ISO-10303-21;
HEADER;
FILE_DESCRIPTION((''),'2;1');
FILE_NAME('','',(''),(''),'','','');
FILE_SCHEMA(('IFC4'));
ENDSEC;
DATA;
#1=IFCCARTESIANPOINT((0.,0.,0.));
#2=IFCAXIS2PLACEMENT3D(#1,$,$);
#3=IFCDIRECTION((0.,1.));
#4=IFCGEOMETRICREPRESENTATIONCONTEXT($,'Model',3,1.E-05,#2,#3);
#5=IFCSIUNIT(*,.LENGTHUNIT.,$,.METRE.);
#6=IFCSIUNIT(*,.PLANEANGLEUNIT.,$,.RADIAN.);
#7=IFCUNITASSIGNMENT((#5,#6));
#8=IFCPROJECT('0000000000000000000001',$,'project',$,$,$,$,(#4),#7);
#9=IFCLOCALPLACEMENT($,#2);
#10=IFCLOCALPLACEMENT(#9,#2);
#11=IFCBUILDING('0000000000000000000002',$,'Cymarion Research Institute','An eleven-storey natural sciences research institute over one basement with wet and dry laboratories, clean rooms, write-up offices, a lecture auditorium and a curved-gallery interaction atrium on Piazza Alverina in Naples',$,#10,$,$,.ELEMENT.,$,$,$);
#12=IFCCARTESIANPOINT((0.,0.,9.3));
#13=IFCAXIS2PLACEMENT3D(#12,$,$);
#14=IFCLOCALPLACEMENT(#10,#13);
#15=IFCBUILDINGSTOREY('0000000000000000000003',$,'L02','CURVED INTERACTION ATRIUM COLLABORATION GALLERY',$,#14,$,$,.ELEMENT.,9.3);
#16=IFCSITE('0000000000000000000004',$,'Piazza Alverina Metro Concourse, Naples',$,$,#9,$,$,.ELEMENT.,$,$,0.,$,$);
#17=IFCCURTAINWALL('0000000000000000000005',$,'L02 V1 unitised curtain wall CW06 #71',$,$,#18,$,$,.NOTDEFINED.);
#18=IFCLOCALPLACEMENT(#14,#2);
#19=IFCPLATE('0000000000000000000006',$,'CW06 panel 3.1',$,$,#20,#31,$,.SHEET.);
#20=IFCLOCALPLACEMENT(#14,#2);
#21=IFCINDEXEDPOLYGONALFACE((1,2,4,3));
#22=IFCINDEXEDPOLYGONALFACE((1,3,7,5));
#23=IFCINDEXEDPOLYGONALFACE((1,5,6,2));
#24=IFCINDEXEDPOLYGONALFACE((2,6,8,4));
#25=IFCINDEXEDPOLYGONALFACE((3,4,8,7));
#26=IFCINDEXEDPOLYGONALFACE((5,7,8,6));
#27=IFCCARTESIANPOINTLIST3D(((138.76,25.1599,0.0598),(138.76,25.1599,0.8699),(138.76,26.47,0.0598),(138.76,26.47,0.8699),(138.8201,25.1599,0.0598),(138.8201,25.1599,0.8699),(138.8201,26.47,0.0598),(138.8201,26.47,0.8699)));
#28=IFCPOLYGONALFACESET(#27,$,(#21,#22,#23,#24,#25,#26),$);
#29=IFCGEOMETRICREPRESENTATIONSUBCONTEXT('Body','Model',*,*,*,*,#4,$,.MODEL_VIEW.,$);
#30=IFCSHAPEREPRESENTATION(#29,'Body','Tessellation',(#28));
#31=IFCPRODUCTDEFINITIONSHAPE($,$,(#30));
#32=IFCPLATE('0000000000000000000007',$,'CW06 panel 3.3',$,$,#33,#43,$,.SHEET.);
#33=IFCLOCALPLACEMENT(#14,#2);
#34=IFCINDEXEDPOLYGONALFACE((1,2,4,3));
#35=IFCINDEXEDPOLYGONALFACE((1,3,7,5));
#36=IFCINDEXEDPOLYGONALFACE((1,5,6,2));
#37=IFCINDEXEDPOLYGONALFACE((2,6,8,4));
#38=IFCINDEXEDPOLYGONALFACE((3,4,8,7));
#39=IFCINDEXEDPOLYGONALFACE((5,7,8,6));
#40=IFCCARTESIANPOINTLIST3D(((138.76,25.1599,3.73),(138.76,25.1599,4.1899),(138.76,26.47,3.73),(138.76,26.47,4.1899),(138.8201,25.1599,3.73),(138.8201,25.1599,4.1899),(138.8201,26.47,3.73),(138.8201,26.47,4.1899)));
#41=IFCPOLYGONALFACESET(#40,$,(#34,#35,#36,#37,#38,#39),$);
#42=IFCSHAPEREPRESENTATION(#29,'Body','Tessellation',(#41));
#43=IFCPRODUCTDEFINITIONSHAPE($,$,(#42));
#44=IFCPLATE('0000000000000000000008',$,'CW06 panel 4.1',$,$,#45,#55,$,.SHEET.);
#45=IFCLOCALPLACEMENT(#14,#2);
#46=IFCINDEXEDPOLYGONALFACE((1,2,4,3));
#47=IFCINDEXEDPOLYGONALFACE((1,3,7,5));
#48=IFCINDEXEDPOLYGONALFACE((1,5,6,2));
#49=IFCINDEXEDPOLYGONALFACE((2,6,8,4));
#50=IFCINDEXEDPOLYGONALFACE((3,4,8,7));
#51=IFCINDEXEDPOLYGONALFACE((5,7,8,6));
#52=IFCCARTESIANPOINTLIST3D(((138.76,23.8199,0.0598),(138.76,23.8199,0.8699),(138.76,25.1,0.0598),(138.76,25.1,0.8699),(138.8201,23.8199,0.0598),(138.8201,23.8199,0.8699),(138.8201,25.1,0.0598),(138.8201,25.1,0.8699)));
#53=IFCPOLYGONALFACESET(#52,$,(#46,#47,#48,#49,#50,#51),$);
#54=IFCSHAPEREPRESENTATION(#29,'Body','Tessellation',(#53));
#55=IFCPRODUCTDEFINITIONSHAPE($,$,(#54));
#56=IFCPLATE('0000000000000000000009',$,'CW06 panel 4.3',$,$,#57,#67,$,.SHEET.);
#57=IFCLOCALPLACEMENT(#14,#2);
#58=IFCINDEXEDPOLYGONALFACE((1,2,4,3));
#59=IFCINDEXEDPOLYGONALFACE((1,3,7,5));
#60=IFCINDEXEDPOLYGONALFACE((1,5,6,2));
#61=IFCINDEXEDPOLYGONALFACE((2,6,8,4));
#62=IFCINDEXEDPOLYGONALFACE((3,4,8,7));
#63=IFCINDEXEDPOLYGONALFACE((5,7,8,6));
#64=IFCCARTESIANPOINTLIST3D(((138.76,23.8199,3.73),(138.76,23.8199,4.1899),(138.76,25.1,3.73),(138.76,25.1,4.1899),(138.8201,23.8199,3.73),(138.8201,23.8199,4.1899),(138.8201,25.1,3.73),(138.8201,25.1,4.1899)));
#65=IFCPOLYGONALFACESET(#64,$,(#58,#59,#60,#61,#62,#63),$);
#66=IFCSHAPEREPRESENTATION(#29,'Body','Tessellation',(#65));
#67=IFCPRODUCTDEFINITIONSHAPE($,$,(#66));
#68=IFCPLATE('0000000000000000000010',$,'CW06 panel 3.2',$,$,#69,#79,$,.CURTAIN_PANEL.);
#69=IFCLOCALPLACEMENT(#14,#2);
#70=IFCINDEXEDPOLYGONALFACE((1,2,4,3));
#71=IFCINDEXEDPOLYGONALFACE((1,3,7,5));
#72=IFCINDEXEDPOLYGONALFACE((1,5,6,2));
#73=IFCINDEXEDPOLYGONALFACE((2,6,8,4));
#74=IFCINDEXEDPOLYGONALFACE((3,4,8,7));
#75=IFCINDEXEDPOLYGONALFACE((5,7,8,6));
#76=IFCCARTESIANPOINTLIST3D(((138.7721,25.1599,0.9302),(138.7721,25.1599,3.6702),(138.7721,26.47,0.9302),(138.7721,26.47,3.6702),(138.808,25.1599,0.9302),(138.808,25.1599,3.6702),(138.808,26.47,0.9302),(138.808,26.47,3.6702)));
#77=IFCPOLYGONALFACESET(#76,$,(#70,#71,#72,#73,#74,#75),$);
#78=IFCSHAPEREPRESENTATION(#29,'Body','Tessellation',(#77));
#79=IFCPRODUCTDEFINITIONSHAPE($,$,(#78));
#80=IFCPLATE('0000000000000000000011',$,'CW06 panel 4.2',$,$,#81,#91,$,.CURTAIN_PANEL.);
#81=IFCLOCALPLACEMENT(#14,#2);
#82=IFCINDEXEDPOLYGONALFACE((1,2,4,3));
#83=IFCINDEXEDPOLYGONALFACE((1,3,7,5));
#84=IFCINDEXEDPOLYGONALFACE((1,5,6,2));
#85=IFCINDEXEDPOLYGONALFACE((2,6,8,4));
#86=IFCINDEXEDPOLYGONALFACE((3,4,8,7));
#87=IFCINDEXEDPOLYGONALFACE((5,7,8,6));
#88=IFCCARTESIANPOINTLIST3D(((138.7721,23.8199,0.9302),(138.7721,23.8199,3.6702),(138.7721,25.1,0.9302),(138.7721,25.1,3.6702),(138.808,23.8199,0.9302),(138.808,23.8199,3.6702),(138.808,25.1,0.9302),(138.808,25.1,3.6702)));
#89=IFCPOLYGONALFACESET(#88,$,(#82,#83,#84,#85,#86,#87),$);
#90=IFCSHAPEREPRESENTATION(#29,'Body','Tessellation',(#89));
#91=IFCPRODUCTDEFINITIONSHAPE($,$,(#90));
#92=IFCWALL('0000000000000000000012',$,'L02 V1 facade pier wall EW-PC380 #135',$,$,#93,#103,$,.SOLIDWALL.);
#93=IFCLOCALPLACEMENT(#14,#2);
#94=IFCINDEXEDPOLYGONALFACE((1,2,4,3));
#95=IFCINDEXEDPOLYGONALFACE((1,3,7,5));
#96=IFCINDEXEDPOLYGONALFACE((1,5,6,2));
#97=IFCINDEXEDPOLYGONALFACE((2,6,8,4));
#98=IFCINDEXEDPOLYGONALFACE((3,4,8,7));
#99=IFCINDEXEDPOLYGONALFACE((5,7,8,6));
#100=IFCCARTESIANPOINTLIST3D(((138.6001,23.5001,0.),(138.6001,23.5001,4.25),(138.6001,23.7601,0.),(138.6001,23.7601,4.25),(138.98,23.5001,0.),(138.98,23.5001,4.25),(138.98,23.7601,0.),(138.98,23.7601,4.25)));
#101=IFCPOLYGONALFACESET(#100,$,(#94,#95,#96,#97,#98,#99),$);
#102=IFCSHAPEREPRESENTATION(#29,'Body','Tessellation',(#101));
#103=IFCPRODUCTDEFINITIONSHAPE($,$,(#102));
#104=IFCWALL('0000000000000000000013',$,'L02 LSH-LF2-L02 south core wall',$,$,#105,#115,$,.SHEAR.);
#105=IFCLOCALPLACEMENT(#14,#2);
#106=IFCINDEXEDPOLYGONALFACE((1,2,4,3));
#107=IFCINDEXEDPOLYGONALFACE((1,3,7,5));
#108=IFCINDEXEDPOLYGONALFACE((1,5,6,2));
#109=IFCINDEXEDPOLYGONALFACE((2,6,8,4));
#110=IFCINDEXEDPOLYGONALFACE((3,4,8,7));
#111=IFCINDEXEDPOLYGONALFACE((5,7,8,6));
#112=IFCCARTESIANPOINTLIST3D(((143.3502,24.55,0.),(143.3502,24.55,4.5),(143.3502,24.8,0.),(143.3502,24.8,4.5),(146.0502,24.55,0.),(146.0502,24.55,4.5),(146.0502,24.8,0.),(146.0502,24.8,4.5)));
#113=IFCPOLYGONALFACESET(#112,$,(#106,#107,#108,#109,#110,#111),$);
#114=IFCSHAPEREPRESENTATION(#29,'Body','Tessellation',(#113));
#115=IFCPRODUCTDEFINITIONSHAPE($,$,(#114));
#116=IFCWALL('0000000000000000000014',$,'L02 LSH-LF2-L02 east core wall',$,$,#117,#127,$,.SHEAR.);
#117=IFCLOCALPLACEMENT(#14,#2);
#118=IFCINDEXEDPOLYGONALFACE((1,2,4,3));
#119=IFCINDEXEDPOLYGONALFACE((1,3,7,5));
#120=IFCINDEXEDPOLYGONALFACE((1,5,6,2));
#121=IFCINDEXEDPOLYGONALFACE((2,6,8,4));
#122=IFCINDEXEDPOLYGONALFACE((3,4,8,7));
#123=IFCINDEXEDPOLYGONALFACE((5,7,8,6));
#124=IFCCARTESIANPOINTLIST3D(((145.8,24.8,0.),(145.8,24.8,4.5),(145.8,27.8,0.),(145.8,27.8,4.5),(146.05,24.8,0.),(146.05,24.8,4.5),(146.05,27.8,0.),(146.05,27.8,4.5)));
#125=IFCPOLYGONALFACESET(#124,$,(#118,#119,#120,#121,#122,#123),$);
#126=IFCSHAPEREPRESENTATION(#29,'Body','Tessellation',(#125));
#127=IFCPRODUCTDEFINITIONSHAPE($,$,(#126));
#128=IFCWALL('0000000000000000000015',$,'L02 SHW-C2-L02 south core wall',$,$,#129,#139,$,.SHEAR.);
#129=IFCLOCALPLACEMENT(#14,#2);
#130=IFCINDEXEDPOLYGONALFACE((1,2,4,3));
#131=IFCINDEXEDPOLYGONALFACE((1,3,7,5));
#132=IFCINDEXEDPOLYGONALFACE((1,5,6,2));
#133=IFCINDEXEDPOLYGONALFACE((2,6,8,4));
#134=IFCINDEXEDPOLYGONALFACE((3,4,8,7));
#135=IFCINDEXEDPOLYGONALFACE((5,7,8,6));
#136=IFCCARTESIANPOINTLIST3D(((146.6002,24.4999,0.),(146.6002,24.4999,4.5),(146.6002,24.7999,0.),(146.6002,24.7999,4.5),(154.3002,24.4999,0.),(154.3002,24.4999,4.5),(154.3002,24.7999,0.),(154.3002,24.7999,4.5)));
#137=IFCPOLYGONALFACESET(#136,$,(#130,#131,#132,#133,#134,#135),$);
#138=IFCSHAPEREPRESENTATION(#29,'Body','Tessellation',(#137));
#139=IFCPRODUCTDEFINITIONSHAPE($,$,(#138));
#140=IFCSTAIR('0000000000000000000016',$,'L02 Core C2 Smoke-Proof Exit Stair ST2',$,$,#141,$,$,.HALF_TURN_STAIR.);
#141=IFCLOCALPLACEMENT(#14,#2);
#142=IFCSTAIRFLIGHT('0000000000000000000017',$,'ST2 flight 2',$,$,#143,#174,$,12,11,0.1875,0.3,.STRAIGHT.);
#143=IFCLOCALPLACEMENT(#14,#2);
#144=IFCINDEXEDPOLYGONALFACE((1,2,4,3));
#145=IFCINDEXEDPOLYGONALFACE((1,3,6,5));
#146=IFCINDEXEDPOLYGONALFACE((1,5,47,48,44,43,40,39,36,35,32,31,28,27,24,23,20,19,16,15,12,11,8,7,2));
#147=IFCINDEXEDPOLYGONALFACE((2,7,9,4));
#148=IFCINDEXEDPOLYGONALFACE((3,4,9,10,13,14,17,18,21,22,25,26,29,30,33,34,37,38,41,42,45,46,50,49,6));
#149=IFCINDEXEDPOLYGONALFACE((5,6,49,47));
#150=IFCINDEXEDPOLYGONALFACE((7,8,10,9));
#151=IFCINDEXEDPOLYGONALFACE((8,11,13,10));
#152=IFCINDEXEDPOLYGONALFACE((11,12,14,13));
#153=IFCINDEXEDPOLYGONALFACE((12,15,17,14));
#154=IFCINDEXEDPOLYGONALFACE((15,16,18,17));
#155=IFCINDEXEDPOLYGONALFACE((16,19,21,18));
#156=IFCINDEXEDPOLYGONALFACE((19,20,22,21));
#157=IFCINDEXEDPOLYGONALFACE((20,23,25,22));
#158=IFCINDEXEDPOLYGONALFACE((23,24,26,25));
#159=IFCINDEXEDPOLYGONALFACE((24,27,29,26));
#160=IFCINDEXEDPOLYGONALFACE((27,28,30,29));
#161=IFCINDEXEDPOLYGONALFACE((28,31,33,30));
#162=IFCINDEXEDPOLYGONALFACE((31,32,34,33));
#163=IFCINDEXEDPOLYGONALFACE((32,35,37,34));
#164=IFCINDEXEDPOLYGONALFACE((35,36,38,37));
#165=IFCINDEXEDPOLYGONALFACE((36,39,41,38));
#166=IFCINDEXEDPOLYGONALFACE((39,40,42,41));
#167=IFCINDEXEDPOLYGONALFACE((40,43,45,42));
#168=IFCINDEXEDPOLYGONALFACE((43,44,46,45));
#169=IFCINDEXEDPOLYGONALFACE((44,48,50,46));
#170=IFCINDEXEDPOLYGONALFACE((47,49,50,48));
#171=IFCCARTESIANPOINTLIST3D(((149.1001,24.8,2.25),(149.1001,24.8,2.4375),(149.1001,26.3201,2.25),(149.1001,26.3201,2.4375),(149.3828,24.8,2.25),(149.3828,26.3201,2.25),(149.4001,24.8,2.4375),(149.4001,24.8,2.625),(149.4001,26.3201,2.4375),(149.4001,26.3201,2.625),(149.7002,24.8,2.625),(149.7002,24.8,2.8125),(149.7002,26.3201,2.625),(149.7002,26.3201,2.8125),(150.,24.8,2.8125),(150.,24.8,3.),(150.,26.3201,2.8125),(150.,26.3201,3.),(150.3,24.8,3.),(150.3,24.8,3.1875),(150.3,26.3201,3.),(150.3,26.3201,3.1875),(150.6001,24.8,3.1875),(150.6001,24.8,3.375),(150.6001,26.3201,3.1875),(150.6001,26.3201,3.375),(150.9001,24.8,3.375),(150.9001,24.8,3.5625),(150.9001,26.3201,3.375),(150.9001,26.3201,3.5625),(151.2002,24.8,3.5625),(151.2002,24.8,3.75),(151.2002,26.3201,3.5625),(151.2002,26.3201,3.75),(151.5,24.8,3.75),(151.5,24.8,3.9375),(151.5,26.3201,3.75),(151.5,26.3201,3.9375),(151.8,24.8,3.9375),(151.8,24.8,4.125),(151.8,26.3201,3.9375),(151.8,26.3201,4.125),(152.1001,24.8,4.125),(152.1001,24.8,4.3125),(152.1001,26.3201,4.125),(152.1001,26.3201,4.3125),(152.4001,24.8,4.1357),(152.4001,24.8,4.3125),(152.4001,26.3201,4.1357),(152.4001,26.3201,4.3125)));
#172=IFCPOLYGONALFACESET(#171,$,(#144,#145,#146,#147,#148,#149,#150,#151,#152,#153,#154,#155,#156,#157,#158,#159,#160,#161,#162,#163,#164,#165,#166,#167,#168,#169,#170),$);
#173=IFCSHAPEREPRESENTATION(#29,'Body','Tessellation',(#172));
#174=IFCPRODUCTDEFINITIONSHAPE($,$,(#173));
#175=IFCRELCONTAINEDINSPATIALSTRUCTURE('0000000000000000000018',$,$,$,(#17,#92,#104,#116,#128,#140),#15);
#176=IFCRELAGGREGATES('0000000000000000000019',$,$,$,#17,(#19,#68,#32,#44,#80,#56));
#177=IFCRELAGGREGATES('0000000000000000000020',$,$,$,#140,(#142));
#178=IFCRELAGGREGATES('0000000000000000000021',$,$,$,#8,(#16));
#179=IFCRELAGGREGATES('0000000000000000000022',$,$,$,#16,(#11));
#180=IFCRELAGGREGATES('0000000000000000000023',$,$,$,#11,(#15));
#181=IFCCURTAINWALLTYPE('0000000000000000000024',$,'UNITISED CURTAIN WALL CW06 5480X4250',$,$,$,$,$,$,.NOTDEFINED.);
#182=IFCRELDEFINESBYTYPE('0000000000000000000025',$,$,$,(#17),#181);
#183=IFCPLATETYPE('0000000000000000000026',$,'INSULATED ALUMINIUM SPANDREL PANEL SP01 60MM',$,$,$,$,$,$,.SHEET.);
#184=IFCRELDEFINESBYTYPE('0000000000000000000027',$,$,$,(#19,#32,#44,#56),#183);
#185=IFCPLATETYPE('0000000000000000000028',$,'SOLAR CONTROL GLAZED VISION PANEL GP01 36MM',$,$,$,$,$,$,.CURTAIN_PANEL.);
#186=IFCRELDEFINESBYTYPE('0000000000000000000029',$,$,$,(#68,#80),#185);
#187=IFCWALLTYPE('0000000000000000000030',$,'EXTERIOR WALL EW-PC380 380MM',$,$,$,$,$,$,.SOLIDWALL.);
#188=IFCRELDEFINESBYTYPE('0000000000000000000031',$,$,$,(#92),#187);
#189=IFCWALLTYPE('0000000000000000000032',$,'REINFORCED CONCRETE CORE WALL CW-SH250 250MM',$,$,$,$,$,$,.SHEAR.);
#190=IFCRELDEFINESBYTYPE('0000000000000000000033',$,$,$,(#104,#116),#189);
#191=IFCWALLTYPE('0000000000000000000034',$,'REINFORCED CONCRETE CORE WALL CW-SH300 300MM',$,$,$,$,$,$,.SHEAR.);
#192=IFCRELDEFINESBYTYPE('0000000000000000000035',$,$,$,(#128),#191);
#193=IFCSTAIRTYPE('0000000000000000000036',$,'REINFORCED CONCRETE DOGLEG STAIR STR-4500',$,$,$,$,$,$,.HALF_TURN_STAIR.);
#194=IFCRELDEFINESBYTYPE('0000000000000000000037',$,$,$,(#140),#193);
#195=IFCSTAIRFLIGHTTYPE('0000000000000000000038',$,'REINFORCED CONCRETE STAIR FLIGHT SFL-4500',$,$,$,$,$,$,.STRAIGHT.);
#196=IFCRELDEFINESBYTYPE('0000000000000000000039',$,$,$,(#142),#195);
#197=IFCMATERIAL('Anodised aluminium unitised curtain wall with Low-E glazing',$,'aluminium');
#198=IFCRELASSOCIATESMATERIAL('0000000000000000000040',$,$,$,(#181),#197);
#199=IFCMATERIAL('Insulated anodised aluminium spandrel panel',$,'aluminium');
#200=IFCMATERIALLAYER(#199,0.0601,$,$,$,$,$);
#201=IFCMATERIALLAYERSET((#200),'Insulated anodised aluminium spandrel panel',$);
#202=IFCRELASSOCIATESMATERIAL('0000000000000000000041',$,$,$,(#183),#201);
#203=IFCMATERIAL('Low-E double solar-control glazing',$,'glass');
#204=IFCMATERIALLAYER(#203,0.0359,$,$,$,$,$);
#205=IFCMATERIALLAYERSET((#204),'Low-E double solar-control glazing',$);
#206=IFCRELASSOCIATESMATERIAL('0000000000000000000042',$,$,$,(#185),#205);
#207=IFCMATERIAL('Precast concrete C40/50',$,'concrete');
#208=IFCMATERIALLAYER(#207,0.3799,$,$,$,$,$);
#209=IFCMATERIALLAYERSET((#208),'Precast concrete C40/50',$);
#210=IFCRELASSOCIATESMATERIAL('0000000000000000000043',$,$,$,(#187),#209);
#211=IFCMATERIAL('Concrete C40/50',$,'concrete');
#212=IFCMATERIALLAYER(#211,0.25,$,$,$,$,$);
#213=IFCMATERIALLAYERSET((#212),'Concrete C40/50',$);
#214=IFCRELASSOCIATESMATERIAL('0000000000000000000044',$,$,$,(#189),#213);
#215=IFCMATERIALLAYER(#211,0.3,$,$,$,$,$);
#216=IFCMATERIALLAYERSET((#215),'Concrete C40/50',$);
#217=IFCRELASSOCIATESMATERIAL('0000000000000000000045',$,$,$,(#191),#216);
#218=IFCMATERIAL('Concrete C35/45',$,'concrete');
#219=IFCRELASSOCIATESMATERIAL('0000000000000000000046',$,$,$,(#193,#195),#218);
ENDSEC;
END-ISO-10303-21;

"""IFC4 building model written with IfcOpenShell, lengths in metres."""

from ifc_helpers import new_model, si_unit, direction, frame, frame_2d, origin, origin_2d, place, context, subcontext, project, spatial, polyline, rectangle, outline, extrude, material, layer, layer_set, type_object, element, aggregate, save


model = new_model("IFC4")

# Units and contexts
model_context = context("Model", 3, precision=1e-05, world=origin(), true_north=direction((0.0, 1.0)))
body_context = subcontext(model_context, "Body", "Model", "MODEL_VIEW")
ifc_project = project(units=[si_unit("LENGTHUNIT", "METRE"), si_unit("PLANEANGLEUNIT", "RADIAN")], contexts=[model_context])

# Site, building, storey
site_placement = place(None, origin())
site = spatial("IfcSite", under=ifc_project, at=site_placement, Name="Piazza Alverina Metro Concourse, Naples", CompositionType="ELEMENT", RefElevation=0.0)
building_placement = place(site_placement, origin())
building = spatial("IfcBuilding", under=site, at=building_placement, Name="Cymarion Research Institute", Description="An eleven-storey natural sciences research institute over one basement with wet and dry laboratories, clean rooms, write-up offices, a lecture auditorium and a curved-gallery interaction atrium on Piazza Alverina in Naples", CompositionType="ELEMENT")
storey_placement = place(building_placement, frame((0.0, 0.0, 9.3)))
storey = spatial("IfcBuildingStorey", under=building, at=storey_placement, Name="L02", Description="CURVED INTERACTION ATRIUM COLLABORATION GALLERY", CompositionType="ELEMENT", Elevation=9.3)

# Shared definitions
ifc_material_1 = material(Name="Concrete C40/50", Category="concrete")

# Curtain wall
ifc_material_2 = material(Name="Anodised aluminium unitised curtain wall with Low-E glazing", Category="aluminium")
curtain_wall_type = type_object("IfcCurtainWallType", Name="UNITISED CURTAIN WALL CW06 5480X4250", PredefinedType="NOTDEFINED", material=ifc_material_2)
curtain_wall_placement = place(storey_placement, origin())
curtain_wall = element("IfcCurtainWall", 1, at=curtain_wall_placement, inside=storey, type_object=curtain_wall_type, Name="L02 V1 unitised curtain wall CW06 #71", PredefinedType="NOTDEFINED")

# Plates
ifc_material_3 = material(Name="Insulated anodised aluminium spandrel panel", Category="aluminium")
ifc_layer_1 = layer(ifc_material_3, 0.0601)
ifc_layer_set_1 = layer_set([ifc_layer_1], Name="Insulated anodised aluminium spandrel panel")
plate_type_1 = type_object("IfcPlateType", Name="INSULATED ALUMINIUM SPANDREL PANEL SP01 60MM", PredefinedType="SHEET", material=ifc_layer_set_1)
plate_1_placement = place(storey_placement, frame((138.79, 25.8149, 0.0598), z_axis=(0.0, 0.0, 1.0), x_axis=(0.0, -1.0, 0.0)))
plate_1 = element("IfcPlate", 2, at=plate_1_placement, type_object=plate_type_1, Name="CW06 panel 3.1", PredefinedType="SHEET", context=body_context, shape_type="SweptSolid", body=[
    extrude(rectangle(XDim=1.3101, YDim=0.0601, at=origin_2d()), origin(), (0.0, 0.0, 1.0), 0.8101),
])
plate_2_placement = place(storey_placement, frame((138.79, 25.8149, 3.73), z_axis=(0.0, 0.0, 1.0), x_axis=(0.0, -1.0, 0.0)))
plate_2 = element("IfcPlate", 3, at=plate_2_placement, type_object=plate_type_1, Name="CW06 panel 3.3", PredefinedType="SHEET", context=body_context, shape_type="SweptSolid", body=[
    extrude(rectangle(XDim=1.3101, YDim=0.0601, at=origin_2d()), origin(), (0.0, 0.0, 1.0), 0.46),
])
plate_3_placement = place(storey_placement, frame((138.79, 24.46, 0.0598), z_axis=(0.0, 0.0, 1.0), x_axis=(0.0, -1.0, 0.0)))
plate_3 = element("IfcPlate", 4, at=plate_3_placement, type_object=plate_type_1, Name="CW06 panel 4.1", PredefinedType="SHEET", context=body_context, shape_type="SweptSolid", body=[
    extrude(rectangle(XDim=1.28, YDim=0.0601, at=origin_2d()), origin(), (0.0, 0.0, 1.0), 0.8101),
])
plate_4_placement = place(storey_placement, frame((138.79, 24.46, 3.73), z_axis=(0.0, 0.0, 1.0), x_axis=(0.0, -1.0, 0.0)))
plate_4 = element("IfcPlate", 5, at=plate_4_placement, type_object=plate_type_1, Name="CW06 panel 4.3", PredefinedType="SHEET", context=body_context, shape_type="SweptSolid", body=[
    extrude(rectangle(XDim=1.28, YDim=0.0601, at=origin_2d()), origin(), (0.0, 0.0, 1.0), 0.46),
])
ifc_material_4 = material(Name="Low-E double solar-control glazing", Category="glass")
ifc_layer_2 = layer(ifc_material_4, 0.0359)
ifc_layer_set_2 = layer_set([ifc_layer_2], Name="Low-E double solar-control glazing")
plate_type_2 = type_object("IfcPlateType", Name="SOLAR CONTROL GLAZED VISION PANEL GP01 36MM", PredefinedType="CURTAIN_PANEL", material=ifc_layer_set_2)
plate_5_placement = place(storey_placement, frame((138.79, 25.8149, 0.9302), z_axis=(0.0, 0.0, 1.0), x_axis=(0.0, -1.0, 0.0)))
plate_5 = element("IfcPlate", 6, at=plate_5_placement, type_object=plate_type_2, Name="CW06 panel 3.2", PredefinedType="CURTAIN_PANEL", context=body_context, shape_type="SweptSolid", body=[
    extrude(rectangle(XDim=1.3101, YDim=0.0359, at=origin_2d()), origin(), (0.0, 0.0, 1.0), 2.74),
])
plate_6_placement = place(storey_placement, frame((138.79, 24.46, 0.9302), z_axis=(0.0, 0.0, 1.0), x_axis=(0.0, -1.0, 0.0)))
plate_6 = element("IfcPlate", 7, at=plate_6_placement, type_object=plate_type_2, Name="CW06 panel 4.2", PredefinedType="CURTAIN_PANEL", context=body_context, shape_type="SweptSolid", body=[
    extrude(rectangle(XDim=1.28, YDim=0.0359, at=origin_2d()), origin(), (0.0, 0.0, 1.0), 2.74),
])
aggregate(curtain_wall, [plate_1, plate_5, plate_2, plate_3, plate_6, plate_4])

# Walls
ifc_material_5 = material(Name="Precast concrete C40/50", Category="concrete")
ifc_layer_3 = layer(ifc_material_5, 0.3799)
ifc_layer_set_3 = layer_set([ifc_layer_3], Name="Precast concrete C40/50")
wall_type_1 = type_object("IfcWallType", Name="EXTERIOR WALL EW-PC380 380MM", PredefinedType="SOLIDWALL", material=ifc_layer_set_3)
wall_1_placement = place(storey_placement, frame((138.79, 23.76, 0.0), z_axis=(0.0, 0.0, 1.0), x_axis=(0.0, -1.0, 0.0)))
element("IfcWall", 8, at=wall_1_placement, inside=storey, type_object=wall_type_1, Name="L02 V1 facade pier wall EW-PC380 #135", PredefinedType="SOLIDWALL", context=body_context, shape_type="SweptSolid", body=[
    extrude(rectangle(XDim=0.26, YDim=0.3799, at=frame_2d((0.1299, 0.0))), origin(), (0.0, 0.0, 1.0), 4.25),
])
ifc_layer_4 = layer(ifc_material_1, 0.25)
ifc_layer_set_4 = layer_set([ifc_layer_4], Name="Concrete C40/50")
wall_type_2 = type_object("IfcWallType", Name="REINFORCED CONCRETE CORE WALL CW-SH250 250MM", PredefinedType="SHEAR", material=ifc_layer_set_4)
wall_2_placement = place(storey_placement, frame((143.3501, 24.675, 0.0), z_axis=(0.0, 0.0, 1.0), x_axis=(1.0, 0.0, 0.0)))
element("IfcWall", 9, at=wall_2_placement, inside=storey, type_object=wall_type_2, Name="L02 LSH-LF2-L02 south core wall", PredefinedType="SHEAR", context=body_context, shape_type="SweptSolid", body=[
    extrude(rectangle(XDim=2.7, YDim=0.25, at=frame_2d((1.3501, 0.0))), origin(), (0.0, 0.0, 1.0), 4.5),
])
wall_3_placement = place(storey_placement, frame((145.925, 24.8, 0.0), z_axis=(0.0, 0.0, 1.0), x_axis=(0.0, 1.0, 0.0)))
element("IfcWall", 10, at=wall_3_placement, inside=storey, type_object=wall_type_2, Name="L02 LSH-LF2-L02 east core wall", PredefinedType="SHEAR", context=body_context, shape_type="SweptSolid", body=[
    extrude(rectangle(XDim=3.0, YDim=0.25, at=frame_2d((1.5, 0.0))), origin(), (0.0, 0.0, 1.0), 4.5),
])
ifc_layer_5 = layer(ifc_material_1, 0.3)
ifc_layer_set_5 = layer_set([ifc_layer_5], Name="Concrete C40/50")
wall_type_3 = type_object("IfcWallType", Name="REINFORCED CONCRETE CORE WALL CW-SH300 300MM", PredefinedType="SHEAR", material=ifc_layer_set_5)
wall_4_placement = place(storey_placement, frame((146.6001, 24.6499, 0.0), z_axis=(0.0, 0.0, 1.0), x_axis=(1.0, 0.0, 0.0)))
element("IfcWall", 11, at=wall_4_placement, inside=storey, type_object=wall_type_3, Name="L02 SHW-C2-L02 south core wall", PredefinedType="SHEAR", context=body_context, shape_type="SweptSolid", body=[
    extrude(rectangle(XDim=7.7, YDim=0.3, at=frame_2d((3.8501, 0.0))), origin(), (0.0, 0.0, 1.0), 4.5),
])

# Stair, stair flight
ifc_material_6 = material(Name="Concrete C35/45", Category="concrete")
stair_type = type_object("IfcStairType", Name="REINFORCED CONCRETE DOGLEG STAIR STR-4500", PredefinedType="HALF_TURN_STAIR", material=ifc_material_6)
stair_placement = place(storey_placement, origin())
stair = element("IfcStair", 12, at=stair_placement, inside=storey, type_object=stair_type, Name="L02 Core C2 Smoke-Proof Exit Stair ST2", PredefinedType="HALF_TURN_STAIR")
stair_flight_type = type_object("IfcStairFlightType", Name="REINFORCED CONCRETE STAIR FLIGHT SFL-4500", PredefinedType="STRAIGHT", material=ifc_material_6)
stair_flight_placement = place(storey_placement, frame((149.1001, 25.5601, 2.25), z_axis=(0.0, 0.0, 1.0), x_axis=(1.0, 0.0, 0.0)))
stair_flight = element("IfcStairFlight", 13, at=stair_flight_placement, type_object=stair_flight_type, Name="ST2 flight 2", NumberOfRisers=12, NumberOfTreads=11, PredefinedType="STRAIGHT", RiserHeight=0.1875, TreadLength=0.3, context=body_context, shape_type="SweptSolid", body=[
    extrude(outline(polyline([(0.0, 0.0), (0.0, 0.1875), (0.3, 0.1875), (0.3, 0.375), (0.6001, 0.375), (0.6001, 0.5625), (0.8999, 0.5625), (0.8999, 0.75), (1.2, 0.75), (1.2, 0.9375), (1.5, 0.9375), (1.5, 1.125), (1.8, 1.125), (1.8, 1.3125), (2.1001, 1.3125), (2.1001, 1.5), (2.3999, 1.5), (2.3999, 1.6875), (2.7, 1.6875), (2.7, 1.875), (3.0, 1.875), (3.0, 2.0625), (3.3, 2.0625), (3.3, 2.25), (3.3, 1.8857), (0.2827, 0.0), (0.0, 0.0)])), frame((0.0, 0.76, 0.0), z_axis=(0.0, -1.0, 0.0), x_axis=(1.0, 0.0, 0.0)), (0.0, 0.0, 1.0), 1.52),
])
aggregate(stair, [stair_flight])

save(model, "model.ifc")
